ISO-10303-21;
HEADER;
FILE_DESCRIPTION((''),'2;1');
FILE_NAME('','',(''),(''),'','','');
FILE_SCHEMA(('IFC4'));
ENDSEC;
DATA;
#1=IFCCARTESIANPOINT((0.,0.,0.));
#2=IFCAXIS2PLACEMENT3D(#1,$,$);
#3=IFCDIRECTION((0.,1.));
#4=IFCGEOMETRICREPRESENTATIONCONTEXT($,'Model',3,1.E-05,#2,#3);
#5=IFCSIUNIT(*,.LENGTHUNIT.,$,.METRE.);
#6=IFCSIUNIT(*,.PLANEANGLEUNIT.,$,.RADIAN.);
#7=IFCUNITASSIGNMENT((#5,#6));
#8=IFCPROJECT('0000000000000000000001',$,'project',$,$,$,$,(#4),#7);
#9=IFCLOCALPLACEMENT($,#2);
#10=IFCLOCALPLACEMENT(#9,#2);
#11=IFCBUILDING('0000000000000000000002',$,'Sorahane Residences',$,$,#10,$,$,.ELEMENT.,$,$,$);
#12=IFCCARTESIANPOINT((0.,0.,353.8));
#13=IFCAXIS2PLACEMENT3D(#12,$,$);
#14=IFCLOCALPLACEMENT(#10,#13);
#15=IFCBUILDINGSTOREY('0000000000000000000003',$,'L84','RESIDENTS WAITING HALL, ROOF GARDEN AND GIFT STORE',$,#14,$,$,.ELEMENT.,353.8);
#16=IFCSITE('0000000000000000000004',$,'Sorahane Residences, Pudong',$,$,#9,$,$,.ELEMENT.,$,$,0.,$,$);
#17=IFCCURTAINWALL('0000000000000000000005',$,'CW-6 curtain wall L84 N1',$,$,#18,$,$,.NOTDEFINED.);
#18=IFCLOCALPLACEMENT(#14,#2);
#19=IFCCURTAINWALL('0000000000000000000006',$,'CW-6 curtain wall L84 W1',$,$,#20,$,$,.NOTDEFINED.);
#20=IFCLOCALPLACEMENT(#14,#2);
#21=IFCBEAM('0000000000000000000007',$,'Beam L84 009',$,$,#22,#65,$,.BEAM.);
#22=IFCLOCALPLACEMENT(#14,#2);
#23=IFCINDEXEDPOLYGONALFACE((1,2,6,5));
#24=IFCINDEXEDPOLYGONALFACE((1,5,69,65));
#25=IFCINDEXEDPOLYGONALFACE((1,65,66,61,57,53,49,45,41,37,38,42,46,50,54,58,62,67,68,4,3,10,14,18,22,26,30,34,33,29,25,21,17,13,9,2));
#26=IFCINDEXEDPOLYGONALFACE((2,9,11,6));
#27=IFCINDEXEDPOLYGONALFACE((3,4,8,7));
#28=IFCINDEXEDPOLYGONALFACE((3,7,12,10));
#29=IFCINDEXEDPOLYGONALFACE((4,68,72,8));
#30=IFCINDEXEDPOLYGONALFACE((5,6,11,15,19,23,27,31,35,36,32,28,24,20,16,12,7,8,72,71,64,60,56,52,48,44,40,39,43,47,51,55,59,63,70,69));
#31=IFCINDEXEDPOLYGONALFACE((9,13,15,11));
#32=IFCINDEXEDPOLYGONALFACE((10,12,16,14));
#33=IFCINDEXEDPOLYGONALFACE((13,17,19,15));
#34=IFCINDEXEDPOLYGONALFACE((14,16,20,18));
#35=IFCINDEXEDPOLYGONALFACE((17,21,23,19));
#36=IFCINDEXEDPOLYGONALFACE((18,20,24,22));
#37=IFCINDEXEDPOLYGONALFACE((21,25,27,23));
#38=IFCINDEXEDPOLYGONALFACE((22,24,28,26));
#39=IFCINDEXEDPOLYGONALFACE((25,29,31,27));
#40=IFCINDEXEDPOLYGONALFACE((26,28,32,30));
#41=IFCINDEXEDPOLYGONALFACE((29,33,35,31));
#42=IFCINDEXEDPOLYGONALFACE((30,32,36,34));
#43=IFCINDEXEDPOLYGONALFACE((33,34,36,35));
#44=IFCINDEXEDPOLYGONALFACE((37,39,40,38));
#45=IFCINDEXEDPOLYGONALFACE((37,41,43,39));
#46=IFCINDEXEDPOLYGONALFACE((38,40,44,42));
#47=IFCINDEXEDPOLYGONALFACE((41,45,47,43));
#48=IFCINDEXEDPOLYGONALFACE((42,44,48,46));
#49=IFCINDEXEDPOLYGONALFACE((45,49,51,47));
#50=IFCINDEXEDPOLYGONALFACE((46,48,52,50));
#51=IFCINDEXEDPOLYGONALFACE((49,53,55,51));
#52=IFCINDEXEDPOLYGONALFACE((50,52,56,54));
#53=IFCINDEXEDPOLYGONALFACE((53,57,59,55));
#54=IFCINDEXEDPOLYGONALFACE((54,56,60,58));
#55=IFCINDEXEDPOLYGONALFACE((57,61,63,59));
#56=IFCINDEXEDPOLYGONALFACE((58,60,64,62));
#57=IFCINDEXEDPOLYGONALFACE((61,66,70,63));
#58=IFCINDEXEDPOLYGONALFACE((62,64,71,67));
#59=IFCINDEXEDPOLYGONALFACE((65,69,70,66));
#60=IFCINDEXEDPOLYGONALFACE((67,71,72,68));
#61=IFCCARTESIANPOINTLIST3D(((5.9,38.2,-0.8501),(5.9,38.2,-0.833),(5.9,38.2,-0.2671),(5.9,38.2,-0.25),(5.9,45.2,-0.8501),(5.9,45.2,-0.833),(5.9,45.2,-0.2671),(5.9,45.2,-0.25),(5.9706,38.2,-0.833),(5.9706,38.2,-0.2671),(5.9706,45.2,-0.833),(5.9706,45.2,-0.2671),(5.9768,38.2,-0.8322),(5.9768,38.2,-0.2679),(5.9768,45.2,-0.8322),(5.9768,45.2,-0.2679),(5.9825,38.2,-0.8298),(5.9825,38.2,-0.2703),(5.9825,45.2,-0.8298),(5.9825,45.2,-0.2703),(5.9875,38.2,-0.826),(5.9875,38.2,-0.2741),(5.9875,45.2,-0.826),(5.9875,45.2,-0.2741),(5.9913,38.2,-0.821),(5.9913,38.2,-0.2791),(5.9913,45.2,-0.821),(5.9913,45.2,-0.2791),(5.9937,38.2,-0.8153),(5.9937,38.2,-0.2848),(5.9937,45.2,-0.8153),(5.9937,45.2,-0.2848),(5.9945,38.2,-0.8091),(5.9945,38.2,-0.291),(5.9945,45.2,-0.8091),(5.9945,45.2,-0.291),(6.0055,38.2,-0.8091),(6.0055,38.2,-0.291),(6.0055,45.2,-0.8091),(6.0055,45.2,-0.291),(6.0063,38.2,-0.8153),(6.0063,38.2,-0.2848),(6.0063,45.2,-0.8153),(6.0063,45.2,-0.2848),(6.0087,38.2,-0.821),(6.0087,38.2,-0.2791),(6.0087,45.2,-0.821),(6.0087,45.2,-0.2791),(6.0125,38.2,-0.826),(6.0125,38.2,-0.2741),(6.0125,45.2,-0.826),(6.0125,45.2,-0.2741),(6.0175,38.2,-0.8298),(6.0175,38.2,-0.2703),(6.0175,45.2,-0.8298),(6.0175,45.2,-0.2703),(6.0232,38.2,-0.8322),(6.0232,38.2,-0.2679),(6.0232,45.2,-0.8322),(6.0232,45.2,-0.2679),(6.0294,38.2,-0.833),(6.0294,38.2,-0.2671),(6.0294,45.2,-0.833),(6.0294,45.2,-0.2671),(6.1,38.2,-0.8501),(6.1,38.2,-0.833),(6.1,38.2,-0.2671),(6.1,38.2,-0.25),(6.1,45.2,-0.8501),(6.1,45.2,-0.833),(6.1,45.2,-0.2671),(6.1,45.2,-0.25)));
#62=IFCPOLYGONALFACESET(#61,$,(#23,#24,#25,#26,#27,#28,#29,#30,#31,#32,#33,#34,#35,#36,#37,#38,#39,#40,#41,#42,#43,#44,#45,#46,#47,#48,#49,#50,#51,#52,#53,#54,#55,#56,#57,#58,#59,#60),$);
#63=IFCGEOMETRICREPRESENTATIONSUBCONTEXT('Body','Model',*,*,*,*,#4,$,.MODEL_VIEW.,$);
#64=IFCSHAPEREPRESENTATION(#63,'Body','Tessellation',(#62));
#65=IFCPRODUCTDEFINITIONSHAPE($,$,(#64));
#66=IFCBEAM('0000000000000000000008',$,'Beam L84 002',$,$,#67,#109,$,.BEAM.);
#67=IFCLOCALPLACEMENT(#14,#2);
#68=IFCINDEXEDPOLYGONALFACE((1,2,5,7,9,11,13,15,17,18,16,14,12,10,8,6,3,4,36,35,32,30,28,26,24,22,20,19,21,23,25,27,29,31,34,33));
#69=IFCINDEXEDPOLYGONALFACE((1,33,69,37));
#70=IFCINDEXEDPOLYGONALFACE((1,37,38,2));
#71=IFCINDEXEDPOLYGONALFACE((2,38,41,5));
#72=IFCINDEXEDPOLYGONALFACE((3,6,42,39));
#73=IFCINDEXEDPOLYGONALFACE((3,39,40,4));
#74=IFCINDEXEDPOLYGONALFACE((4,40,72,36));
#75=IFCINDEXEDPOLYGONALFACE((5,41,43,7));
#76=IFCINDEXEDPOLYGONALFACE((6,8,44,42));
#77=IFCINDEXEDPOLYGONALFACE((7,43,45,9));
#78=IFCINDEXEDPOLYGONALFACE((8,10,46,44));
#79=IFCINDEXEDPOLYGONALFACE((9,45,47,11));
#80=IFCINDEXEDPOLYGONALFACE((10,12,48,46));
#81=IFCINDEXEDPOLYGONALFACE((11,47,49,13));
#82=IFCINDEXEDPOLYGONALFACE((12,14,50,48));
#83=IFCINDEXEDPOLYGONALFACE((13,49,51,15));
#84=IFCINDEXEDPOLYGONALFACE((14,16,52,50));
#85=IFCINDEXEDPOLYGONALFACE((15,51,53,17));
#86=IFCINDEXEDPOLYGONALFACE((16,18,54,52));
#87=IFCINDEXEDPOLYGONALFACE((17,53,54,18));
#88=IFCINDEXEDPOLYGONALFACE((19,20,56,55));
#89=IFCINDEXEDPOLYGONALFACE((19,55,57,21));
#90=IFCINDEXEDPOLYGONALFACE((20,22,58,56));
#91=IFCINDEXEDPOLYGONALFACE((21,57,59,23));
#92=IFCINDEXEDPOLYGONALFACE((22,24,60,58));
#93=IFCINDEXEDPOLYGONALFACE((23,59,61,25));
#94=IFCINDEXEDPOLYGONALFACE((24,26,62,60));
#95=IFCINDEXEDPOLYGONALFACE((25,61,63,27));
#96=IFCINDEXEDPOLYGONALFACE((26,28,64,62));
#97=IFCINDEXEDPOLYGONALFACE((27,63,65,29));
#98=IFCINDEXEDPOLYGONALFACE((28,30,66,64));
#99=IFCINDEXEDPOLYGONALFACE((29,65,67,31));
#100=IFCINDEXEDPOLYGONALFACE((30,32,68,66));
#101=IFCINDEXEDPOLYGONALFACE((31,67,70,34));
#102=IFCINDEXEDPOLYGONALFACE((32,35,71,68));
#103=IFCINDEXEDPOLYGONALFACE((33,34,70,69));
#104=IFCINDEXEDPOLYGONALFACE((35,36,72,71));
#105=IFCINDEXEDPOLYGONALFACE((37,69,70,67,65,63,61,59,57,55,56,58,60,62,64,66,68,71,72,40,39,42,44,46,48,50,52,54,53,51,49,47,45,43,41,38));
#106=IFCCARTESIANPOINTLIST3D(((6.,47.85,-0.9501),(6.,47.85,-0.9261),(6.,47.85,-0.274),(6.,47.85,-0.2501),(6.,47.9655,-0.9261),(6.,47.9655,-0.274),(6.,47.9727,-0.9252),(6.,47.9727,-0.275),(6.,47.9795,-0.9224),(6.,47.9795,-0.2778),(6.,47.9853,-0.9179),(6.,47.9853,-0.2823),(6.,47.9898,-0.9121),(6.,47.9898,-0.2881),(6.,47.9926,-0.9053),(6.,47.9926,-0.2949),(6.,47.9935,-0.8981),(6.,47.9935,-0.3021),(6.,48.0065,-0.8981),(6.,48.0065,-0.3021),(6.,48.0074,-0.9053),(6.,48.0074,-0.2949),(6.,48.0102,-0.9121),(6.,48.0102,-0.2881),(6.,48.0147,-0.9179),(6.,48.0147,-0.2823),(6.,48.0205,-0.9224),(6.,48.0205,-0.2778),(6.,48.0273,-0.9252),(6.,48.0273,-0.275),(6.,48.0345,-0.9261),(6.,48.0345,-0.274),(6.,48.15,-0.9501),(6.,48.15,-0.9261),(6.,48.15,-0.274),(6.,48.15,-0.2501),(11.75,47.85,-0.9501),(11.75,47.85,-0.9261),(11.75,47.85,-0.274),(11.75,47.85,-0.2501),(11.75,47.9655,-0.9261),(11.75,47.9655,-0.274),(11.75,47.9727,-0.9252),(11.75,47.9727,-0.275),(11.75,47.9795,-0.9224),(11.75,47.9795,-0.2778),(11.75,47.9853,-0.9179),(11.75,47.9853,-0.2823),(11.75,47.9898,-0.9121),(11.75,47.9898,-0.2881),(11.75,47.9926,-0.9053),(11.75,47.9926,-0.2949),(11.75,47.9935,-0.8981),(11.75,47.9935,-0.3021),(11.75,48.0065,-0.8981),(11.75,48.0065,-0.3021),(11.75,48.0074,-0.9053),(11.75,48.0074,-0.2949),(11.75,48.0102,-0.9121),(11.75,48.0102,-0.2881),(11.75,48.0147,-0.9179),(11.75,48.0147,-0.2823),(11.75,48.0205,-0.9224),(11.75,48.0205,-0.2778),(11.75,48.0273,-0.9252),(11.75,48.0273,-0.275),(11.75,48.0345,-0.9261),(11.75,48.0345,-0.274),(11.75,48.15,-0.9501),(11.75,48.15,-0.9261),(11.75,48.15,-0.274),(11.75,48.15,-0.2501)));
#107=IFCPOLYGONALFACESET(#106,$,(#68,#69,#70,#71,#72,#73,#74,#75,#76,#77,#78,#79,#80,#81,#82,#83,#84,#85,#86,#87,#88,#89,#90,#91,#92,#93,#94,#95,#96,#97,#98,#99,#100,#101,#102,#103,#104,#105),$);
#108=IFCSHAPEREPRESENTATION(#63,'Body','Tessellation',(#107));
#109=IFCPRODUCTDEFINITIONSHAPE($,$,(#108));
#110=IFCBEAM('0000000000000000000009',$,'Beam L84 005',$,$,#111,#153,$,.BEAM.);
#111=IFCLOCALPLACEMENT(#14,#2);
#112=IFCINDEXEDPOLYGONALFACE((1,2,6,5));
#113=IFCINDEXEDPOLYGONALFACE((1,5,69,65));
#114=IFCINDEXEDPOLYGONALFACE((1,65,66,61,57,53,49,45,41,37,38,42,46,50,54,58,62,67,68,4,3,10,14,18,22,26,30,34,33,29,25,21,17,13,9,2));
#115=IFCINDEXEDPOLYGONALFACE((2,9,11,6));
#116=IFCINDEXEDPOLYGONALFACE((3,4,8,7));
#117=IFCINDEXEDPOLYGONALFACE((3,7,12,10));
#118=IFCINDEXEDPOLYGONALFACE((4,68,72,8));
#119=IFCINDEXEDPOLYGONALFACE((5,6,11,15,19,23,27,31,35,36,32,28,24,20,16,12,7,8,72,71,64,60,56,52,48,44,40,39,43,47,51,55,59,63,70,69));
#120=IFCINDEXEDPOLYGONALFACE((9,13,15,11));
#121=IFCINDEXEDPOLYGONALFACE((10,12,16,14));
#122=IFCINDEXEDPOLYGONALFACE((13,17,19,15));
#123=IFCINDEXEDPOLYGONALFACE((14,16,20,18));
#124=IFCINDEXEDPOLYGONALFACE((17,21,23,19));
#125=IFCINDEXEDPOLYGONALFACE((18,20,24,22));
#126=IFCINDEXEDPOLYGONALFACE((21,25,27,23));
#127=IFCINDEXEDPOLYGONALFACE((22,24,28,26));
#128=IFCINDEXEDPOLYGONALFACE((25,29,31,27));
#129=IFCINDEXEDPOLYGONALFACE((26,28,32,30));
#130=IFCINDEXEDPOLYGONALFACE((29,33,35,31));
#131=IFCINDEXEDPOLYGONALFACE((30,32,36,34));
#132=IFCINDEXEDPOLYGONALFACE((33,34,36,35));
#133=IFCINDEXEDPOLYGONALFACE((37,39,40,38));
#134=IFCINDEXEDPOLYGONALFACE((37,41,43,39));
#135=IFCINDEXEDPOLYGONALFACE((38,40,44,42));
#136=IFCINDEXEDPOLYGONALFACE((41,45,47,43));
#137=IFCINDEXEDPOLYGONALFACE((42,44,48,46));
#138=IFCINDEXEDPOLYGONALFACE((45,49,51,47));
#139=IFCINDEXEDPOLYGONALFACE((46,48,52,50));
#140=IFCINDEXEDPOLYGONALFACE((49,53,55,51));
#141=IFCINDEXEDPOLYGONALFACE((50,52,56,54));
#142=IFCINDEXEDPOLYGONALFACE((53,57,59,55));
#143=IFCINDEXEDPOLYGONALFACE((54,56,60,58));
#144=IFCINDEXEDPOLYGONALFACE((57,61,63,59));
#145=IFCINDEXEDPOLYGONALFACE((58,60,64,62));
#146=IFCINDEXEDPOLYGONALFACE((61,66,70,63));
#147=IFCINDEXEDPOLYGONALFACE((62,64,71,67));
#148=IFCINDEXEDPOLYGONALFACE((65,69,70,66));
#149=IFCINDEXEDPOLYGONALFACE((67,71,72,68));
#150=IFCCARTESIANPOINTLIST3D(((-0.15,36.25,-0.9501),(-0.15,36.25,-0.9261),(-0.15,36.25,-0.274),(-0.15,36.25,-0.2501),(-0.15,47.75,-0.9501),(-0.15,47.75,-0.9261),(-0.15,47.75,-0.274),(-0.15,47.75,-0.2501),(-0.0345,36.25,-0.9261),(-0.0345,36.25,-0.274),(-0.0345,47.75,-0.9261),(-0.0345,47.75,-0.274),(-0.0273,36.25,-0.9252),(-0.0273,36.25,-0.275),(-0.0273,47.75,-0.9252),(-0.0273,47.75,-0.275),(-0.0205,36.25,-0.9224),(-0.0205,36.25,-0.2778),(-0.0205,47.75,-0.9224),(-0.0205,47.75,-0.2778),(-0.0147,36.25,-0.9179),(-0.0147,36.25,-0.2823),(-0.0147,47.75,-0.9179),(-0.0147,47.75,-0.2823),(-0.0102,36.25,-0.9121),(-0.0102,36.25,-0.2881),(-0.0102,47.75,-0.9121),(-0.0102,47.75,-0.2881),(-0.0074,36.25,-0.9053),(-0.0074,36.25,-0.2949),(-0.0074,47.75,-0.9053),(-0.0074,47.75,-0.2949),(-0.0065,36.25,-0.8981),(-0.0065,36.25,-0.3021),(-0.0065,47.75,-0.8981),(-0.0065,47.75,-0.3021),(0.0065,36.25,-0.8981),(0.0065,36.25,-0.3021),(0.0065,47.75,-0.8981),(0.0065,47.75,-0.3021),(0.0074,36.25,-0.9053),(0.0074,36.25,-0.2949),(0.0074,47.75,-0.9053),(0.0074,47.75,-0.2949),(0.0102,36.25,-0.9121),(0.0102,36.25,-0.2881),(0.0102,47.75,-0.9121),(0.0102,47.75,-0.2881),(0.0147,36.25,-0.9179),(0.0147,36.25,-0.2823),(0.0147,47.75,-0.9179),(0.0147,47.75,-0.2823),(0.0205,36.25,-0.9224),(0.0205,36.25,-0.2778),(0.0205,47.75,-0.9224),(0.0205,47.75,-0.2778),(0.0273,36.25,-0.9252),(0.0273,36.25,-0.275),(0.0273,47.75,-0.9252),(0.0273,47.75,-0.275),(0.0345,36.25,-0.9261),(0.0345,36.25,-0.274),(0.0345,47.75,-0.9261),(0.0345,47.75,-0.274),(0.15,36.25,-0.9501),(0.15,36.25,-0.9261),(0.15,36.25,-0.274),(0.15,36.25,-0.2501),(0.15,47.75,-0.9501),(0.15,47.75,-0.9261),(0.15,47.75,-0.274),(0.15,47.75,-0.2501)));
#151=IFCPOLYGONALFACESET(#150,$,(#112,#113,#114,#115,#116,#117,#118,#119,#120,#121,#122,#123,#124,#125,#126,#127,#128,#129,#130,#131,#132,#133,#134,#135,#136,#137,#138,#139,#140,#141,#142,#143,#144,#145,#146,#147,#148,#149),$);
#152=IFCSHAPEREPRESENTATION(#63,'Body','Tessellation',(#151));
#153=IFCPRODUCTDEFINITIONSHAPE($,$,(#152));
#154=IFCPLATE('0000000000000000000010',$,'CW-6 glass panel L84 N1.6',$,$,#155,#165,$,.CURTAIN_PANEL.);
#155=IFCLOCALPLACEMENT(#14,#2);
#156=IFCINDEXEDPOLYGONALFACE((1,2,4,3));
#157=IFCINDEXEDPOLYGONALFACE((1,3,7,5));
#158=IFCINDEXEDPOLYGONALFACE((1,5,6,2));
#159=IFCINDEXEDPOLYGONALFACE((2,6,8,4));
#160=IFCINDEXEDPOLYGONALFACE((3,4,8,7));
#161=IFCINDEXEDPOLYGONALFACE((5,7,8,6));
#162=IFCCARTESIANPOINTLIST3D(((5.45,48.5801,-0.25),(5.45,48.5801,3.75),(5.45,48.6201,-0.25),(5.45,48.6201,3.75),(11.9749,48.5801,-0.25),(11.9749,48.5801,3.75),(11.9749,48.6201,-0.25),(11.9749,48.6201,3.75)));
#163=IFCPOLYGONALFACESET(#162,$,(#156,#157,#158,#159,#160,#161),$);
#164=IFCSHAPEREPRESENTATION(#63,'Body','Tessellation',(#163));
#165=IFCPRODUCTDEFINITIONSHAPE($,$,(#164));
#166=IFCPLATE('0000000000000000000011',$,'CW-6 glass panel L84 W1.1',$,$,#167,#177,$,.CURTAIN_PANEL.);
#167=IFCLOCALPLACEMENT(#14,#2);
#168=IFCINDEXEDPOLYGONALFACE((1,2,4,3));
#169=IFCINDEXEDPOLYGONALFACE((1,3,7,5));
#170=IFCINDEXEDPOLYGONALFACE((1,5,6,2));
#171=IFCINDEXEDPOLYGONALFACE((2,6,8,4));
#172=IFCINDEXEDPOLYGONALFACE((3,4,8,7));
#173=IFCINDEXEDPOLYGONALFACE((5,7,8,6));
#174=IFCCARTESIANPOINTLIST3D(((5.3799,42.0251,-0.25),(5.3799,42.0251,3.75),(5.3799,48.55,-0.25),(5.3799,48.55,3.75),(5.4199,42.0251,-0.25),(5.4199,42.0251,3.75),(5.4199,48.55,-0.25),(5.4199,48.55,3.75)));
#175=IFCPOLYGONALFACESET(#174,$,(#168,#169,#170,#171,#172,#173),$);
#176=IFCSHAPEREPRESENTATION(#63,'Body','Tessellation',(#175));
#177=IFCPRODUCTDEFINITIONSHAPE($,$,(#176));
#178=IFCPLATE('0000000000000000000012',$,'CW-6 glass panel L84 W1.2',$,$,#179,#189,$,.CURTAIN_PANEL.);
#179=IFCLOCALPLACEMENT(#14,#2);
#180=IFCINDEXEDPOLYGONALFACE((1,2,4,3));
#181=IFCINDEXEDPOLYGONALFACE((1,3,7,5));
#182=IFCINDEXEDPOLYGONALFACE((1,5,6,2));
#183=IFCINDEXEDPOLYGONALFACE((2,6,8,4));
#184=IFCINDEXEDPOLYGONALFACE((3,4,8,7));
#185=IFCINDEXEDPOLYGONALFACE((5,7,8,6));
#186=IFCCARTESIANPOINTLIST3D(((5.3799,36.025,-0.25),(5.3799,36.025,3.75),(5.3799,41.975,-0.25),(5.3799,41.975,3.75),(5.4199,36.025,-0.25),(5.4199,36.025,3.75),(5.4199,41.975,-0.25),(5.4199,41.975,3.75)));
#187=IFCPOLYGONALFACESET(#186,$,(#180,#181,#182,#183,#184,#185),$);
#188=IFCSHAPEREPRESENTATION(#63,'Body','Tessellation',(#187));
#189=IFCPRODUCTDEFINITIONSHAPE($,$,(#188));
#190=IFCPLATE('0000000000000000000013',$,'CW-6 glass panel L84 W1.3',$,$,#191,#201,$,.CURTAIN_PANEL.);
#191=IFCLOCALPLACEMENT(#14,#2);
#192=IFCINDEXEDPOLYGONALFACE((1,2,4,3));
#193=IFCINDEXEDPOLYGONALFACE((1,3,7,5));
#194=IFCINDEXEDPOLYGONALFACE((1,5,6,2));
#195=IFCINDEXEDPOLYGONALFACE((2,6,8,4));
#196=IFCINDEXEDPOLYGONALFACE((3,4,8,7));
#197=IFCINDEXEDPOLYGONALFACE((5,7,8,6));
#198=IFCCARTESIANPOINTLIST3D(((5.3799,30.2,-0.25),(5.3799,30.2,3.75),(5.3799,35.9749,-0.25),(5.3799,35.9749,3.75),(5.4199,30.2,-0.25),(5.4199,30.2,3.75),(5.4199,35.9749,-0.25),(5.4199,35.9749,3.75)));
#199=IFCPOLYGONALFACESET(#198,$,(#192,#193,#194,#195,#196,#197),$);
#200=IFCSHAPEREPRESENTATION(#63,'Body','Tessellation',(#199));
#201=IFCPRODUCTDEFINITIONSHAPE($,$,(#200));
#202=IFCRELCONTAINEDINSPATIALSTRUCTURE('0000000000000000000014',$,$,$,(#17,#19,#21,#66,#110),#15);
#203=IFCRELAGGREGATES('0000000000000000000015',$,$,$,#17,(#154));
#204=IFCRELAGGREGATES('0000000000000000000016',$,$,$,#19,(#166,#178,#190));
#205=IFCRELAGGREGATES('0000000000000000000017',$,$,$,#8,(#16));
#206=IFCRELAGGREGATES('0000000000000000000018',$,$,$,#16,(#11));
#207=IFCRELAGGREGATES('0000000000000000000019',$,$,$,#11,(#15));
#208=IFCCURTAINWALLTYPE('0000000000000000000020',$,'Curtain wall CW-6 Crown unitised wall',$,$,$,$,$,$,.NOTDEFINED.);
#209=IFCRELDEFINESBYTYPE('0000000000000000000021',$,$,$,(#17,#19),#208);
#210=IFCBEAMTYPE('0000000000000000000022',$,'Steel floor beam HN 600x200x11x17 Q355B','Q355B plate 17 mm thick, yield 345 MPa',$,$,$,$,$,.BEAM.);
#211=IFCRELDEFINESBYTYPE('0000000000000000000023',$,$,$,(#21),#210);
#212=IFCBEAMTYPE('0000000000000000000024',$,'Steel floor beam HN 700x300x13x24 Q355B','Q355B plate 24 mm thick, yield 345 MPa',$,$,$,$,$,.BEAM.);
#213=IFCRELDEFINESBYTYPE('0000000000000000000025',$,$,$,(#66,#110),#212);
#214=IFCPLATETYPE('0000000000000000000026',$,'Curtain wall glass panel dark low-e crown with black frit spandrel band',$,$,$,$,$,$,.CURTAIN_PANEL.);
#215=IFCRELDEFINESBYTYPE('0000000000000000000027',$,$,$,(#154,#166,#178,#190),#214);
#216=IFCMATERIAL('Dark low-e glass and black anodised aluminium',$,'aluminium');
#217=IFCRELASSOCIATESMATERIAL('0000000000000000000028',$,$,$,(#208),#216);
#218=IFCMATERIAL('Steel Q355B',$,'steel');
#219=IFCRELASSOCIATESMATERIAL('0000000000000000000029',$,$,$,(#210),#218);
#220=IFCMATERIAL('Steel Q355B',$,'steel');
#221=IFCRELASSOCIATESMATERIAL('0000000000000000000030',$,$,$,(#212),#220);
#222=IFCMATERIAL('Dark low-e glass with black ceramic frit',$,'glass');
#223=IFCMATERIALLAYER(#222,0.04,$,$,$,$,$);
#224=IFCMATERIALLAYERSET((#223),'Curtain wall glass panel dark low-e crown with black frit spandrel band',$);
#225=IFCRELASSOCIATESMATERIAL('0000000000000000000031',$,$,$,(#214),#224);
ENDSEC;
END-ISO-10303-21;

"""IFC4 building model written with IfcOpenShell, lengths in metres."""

from ifc_helpers import new_model, si_unit, direction, frame, origin, origin_2d, place, context, subcontext, project, spatial, rectangle, i_section, extrude, material, layer, layer_set, material_profile, profile_set, type_object, element, aggregate, save


model = new_model("IFC4")

# Units and contexts
model_context = context("Model", 3, precision=1e-05, world=origin(), true_north=direction((0.0, 1.0)))
body_context = subcontext(model_context, "Body", "Model", "MODEL_VIEW")
ifc_project = project(units=[si_unit("LENGTHUNIT", "METRE"), si_unit("PLANEANGLEUNIT", "RADIAN")], contexts=[model_context])

# Site, building, storey
site_placement = place(None, origin())
site = spatial("IfcSite", under=ifc_project, at=site_placement, Name="Sorahane Residences, Pudong", CompositionType="ELEMENT", RefElevation=0.0)
building_placement = place(site_placement, origin())
building = spatial("IfcBuilding", under=site, at=building_placement, Name="Sorahane Residences", CompositionType="ELEMENT")
storey_placement = place(building_placement, frame((0.0, 0.0, 353.8)))
storey = spatial("IfcBuildingStorey", under=building, at=storey_placement, Name="L84", Description="RESIDENTS WAITING HALL, ROOF GARDEN AND GIFT STORE", CompositionType="ELEMENT", Elevation=353.8)

# Curtain wall
ifc_material_1 = material(Name="Dark low-e glass and black anodised aluminium", Category="aluminium")
curtain_wall_type = type_object("IfcCurtainWallType", Name="Curtain wall CW-6 Crown unitised wall", PredefinedType="NOTDEFINED", material=ifc_material_1)
curtain_wall_1_placement = place(storey_placement, origin())
curtain_wall_1 = element("IfcCurtainWall", 1, at=curtain_wall_1_placement, inside=storey, type_object=curtain_wall_type, Name="CW-6 curtain wall L84 N1", PredefinedType="NOTDEFINED")

# Curtain wall
curtain_wall_2_placement = place(storey_placement, origin())
curtain_wall_2 = element("IfcCurtainWall", 2, at=curtain_wall_2_placement, inside=storey, type_object=curtain_wall_type, Name="CW-6 curtain wall L84 W1", PredefinedType="NOTDEFINED")

# Beams
ifc_material_2 = material(Name="Steel Q355B", Category="steel")
ifc_material_profile_1 = material_profile(ifc_material_2, i_section(OverallWidth=0.2, OverallDepth=0.6001, WebThickness=0.011, FlangeThickness=0.0171, FilletRadius=0.0239, at=origin_2d()), Name="HN 600x200x11x17")
ifc_profile_set_1 = profile_set([ifc_material_profile_1], Name="Steel Q355B")
beam_type_1 = type_object("IfcBeamType", Name="Steel floor beam HN 600x200x11x17 Q355B", Description="Q355B plate 17 mm thick, yield 345 MPa", PredefinedType="BEAM", material=ifc_profile_set_1)
beam_1_placement = place(storey_placement, frame((6.0, 38.2, -0.55), z_axis=(0.0, 1.0, 0.0), x_axis=(-1.0, 0.0, 0.0)))
element("IfcBeam", 3, at=beam_1_placement, inside=storey, type_object=beam_type_1, Name="Beam L84 009", PredefinedType="BEAM", context=body_context, shape_type="SweptSolid", body=[
    extrude(i_section(OverallWidth=0.2, OverallDepth=0.6001, WebThickness=0.011, FlangeThickness=0.0171, FilletRadius=0.0239, at=origin_2d()), origin(), (0.0, 0.0, 1.0), 7.0),
])
ifc_material_3 = material(Name="Steel Q355B", Category="steel")
ifc_material_profile_2 = material_profile(ifc_material_3, i_section(OverallWidth=0.3, OverallDepth=0.7, WebThickness=0.0129, FlangeThickness=0.0239, FilletRadius=0.0281, at=origin_2d()), Name="HN 700x300x13x24")
ifc_profile_set_2 = profile_set([ifc_material_profile_2], Name="Steel Q355B")
beam_type_2 = type_object("IfcBeamType", Name="Steel floor beam HN 700x300x13x24 Q355B", Description="Q355B plate 24 mm thick, yield 345 MPa", PredefinedType="BEAM", material=ifc_profile_set_2)
beam_2_placement = place(storey_placement, frame((6.0, 48.0, -0.6001), z_axis=(1.0, 0.0, 0.0), x_axis=(0.0, 1.0, 0.0)))
element("IfcBeam", 4, at=beam_2_placement, inside=storey, type_object=beam_type_2, Name="Beam L84 002", PredefinedType="BEAM", context=body_context, shape_type="SweptSolid", body=[
    extrude(i_section(OverallWidth=0.3, OverallDepth=0.7, WebThickness=0.0129, FlangeThickness=0.0239, FilletRadius=0.0281, at=origin_2d()), origin(), (0.0, 0.0, 1.0), 5.75),
])
beam_3_placement = place(storey_placement, frame((0.0, 36.25, -0.6001), z_axis=(0.0, 1.0, 0.0), x_axis=(-1.0, 0.0, 0.0)))
element("IfcBeam", 5, at=beam_3_placement, inside=storey, type_object=beam_type_2, Name="Beam L84 005", PredefinedType="BEAM", context=body_context, shape_type="SweptSolid", body=[
    extrude(i_section(OverallWidth=0.3, OverallDepth=0.7, WebThickness=0.0129, FlangeThickness=0.0239, FilletRadius=0.0281, at=origin_2d()), origin(), (0.0, 0.0, 1.0), 11.5),
])

# Plates
ifc_material_4 = material(Name="Dark low-e glass with black ceramic frit", Category="glass")
ifc_layer_1 = layer(ifc_material_4, 0.04)
ifc_layer_set_1 = layer_set([ifc_layer_1], Name="Curtain wall glass panel dark low-e crown with black frit spandrel band")
plate_type = type_object("IfcPlateType", Name="Curtain wall glass panel dark low-e crown with black frit spandrel band", PredefinedType="CURTAIN_PANEL", material=ifc_layer_set_1)
plate_1_placement = place(storey_placement, frame((8.7124, 48.6001, -0.25), z_axis=(0.0, 0.0, 1.0), x_axis=(-1.0, 0.0, 0.0)))
plate_1 = element("IfcPlate", 6, at=plate_1_placement, type_object=plate_type, Name="CW-6 glass panel L84 N1.6", PredefinedType="CURTAIN_PANEL", context=body_context, shape_type="SweptSolid", body=[
    extrude(rectangle(XDim=6.5249, YDim=0.04, at=origin_2d()), origin(), (0.0, 0.0, 1.0), 4.0),
])
aggregate(curtain_wall_1, [plate_1])
plate_2_placement = place(storey_placement, frame((5.3999, 45.2876, -0.25), z_axis=(0.0, 0.0, 1.0), x_axis=(0.0, -1.0, 0.0)))
plate_2 = element("IfcPlate", 7, at=plate_2_placement, type_object=plate_type, Name="CW-6 glass panel L84 W1.1", PredefinedType="CURTAIN_PANEL", context=body_context, shape_type="SweptSolid", body=[
    extrude(rectangle(XDim=6.5249, YDim=0.04, at=origin_2d()), origin(), (0.0, 0.0, 1.0), 4.0),
])
plate_3_placement = place(storey_placement, frame((5.3999, 39.0, -0.25), z_axis=(0.0, 0.0, 1.0), x_axis=(0.0, -1.0, 0.0)))
plate_3 = element("IfcPlate", 8, at=plate_3_placement, type_object=plate_type, Name="CW-6 glass panel L84 W1.2", PredefinedType="CURTAIN_PANEL", context=body_context, shape_type="SweptSolid", body=[
    extrude(rectangle(XDim=5.95, YDim=0.04, at=origin_2d()), origin(), (0.0, 0.0, 1.0), 4.0),
])
plate_4_placement = place(storey_placement, frame((5.3999, 33.0874, -0.25), z_axis=(0.0, 0.0, 1.0), x_axis=(0.0, -1.0, 0.0)))
plate_4 = element("IfcPlate", 9, at=plate_4_placement, type_object=plate_type, Name="CW-6 glass panel L84 W1.3", PredefinedType="CURTAIN_PANEL", context=body_context, shape_type="SweptSolid", body=[
    extrude(rectangle(XDim=5.7749, YDim=0.04, at=origin_2d()), origin(), (0.0, 0.0, 1.0), 4.0),
])
aggregate(curtain_wall_2, [plate_2, plate_3, plate_4])

save(model, "model.ifc")
